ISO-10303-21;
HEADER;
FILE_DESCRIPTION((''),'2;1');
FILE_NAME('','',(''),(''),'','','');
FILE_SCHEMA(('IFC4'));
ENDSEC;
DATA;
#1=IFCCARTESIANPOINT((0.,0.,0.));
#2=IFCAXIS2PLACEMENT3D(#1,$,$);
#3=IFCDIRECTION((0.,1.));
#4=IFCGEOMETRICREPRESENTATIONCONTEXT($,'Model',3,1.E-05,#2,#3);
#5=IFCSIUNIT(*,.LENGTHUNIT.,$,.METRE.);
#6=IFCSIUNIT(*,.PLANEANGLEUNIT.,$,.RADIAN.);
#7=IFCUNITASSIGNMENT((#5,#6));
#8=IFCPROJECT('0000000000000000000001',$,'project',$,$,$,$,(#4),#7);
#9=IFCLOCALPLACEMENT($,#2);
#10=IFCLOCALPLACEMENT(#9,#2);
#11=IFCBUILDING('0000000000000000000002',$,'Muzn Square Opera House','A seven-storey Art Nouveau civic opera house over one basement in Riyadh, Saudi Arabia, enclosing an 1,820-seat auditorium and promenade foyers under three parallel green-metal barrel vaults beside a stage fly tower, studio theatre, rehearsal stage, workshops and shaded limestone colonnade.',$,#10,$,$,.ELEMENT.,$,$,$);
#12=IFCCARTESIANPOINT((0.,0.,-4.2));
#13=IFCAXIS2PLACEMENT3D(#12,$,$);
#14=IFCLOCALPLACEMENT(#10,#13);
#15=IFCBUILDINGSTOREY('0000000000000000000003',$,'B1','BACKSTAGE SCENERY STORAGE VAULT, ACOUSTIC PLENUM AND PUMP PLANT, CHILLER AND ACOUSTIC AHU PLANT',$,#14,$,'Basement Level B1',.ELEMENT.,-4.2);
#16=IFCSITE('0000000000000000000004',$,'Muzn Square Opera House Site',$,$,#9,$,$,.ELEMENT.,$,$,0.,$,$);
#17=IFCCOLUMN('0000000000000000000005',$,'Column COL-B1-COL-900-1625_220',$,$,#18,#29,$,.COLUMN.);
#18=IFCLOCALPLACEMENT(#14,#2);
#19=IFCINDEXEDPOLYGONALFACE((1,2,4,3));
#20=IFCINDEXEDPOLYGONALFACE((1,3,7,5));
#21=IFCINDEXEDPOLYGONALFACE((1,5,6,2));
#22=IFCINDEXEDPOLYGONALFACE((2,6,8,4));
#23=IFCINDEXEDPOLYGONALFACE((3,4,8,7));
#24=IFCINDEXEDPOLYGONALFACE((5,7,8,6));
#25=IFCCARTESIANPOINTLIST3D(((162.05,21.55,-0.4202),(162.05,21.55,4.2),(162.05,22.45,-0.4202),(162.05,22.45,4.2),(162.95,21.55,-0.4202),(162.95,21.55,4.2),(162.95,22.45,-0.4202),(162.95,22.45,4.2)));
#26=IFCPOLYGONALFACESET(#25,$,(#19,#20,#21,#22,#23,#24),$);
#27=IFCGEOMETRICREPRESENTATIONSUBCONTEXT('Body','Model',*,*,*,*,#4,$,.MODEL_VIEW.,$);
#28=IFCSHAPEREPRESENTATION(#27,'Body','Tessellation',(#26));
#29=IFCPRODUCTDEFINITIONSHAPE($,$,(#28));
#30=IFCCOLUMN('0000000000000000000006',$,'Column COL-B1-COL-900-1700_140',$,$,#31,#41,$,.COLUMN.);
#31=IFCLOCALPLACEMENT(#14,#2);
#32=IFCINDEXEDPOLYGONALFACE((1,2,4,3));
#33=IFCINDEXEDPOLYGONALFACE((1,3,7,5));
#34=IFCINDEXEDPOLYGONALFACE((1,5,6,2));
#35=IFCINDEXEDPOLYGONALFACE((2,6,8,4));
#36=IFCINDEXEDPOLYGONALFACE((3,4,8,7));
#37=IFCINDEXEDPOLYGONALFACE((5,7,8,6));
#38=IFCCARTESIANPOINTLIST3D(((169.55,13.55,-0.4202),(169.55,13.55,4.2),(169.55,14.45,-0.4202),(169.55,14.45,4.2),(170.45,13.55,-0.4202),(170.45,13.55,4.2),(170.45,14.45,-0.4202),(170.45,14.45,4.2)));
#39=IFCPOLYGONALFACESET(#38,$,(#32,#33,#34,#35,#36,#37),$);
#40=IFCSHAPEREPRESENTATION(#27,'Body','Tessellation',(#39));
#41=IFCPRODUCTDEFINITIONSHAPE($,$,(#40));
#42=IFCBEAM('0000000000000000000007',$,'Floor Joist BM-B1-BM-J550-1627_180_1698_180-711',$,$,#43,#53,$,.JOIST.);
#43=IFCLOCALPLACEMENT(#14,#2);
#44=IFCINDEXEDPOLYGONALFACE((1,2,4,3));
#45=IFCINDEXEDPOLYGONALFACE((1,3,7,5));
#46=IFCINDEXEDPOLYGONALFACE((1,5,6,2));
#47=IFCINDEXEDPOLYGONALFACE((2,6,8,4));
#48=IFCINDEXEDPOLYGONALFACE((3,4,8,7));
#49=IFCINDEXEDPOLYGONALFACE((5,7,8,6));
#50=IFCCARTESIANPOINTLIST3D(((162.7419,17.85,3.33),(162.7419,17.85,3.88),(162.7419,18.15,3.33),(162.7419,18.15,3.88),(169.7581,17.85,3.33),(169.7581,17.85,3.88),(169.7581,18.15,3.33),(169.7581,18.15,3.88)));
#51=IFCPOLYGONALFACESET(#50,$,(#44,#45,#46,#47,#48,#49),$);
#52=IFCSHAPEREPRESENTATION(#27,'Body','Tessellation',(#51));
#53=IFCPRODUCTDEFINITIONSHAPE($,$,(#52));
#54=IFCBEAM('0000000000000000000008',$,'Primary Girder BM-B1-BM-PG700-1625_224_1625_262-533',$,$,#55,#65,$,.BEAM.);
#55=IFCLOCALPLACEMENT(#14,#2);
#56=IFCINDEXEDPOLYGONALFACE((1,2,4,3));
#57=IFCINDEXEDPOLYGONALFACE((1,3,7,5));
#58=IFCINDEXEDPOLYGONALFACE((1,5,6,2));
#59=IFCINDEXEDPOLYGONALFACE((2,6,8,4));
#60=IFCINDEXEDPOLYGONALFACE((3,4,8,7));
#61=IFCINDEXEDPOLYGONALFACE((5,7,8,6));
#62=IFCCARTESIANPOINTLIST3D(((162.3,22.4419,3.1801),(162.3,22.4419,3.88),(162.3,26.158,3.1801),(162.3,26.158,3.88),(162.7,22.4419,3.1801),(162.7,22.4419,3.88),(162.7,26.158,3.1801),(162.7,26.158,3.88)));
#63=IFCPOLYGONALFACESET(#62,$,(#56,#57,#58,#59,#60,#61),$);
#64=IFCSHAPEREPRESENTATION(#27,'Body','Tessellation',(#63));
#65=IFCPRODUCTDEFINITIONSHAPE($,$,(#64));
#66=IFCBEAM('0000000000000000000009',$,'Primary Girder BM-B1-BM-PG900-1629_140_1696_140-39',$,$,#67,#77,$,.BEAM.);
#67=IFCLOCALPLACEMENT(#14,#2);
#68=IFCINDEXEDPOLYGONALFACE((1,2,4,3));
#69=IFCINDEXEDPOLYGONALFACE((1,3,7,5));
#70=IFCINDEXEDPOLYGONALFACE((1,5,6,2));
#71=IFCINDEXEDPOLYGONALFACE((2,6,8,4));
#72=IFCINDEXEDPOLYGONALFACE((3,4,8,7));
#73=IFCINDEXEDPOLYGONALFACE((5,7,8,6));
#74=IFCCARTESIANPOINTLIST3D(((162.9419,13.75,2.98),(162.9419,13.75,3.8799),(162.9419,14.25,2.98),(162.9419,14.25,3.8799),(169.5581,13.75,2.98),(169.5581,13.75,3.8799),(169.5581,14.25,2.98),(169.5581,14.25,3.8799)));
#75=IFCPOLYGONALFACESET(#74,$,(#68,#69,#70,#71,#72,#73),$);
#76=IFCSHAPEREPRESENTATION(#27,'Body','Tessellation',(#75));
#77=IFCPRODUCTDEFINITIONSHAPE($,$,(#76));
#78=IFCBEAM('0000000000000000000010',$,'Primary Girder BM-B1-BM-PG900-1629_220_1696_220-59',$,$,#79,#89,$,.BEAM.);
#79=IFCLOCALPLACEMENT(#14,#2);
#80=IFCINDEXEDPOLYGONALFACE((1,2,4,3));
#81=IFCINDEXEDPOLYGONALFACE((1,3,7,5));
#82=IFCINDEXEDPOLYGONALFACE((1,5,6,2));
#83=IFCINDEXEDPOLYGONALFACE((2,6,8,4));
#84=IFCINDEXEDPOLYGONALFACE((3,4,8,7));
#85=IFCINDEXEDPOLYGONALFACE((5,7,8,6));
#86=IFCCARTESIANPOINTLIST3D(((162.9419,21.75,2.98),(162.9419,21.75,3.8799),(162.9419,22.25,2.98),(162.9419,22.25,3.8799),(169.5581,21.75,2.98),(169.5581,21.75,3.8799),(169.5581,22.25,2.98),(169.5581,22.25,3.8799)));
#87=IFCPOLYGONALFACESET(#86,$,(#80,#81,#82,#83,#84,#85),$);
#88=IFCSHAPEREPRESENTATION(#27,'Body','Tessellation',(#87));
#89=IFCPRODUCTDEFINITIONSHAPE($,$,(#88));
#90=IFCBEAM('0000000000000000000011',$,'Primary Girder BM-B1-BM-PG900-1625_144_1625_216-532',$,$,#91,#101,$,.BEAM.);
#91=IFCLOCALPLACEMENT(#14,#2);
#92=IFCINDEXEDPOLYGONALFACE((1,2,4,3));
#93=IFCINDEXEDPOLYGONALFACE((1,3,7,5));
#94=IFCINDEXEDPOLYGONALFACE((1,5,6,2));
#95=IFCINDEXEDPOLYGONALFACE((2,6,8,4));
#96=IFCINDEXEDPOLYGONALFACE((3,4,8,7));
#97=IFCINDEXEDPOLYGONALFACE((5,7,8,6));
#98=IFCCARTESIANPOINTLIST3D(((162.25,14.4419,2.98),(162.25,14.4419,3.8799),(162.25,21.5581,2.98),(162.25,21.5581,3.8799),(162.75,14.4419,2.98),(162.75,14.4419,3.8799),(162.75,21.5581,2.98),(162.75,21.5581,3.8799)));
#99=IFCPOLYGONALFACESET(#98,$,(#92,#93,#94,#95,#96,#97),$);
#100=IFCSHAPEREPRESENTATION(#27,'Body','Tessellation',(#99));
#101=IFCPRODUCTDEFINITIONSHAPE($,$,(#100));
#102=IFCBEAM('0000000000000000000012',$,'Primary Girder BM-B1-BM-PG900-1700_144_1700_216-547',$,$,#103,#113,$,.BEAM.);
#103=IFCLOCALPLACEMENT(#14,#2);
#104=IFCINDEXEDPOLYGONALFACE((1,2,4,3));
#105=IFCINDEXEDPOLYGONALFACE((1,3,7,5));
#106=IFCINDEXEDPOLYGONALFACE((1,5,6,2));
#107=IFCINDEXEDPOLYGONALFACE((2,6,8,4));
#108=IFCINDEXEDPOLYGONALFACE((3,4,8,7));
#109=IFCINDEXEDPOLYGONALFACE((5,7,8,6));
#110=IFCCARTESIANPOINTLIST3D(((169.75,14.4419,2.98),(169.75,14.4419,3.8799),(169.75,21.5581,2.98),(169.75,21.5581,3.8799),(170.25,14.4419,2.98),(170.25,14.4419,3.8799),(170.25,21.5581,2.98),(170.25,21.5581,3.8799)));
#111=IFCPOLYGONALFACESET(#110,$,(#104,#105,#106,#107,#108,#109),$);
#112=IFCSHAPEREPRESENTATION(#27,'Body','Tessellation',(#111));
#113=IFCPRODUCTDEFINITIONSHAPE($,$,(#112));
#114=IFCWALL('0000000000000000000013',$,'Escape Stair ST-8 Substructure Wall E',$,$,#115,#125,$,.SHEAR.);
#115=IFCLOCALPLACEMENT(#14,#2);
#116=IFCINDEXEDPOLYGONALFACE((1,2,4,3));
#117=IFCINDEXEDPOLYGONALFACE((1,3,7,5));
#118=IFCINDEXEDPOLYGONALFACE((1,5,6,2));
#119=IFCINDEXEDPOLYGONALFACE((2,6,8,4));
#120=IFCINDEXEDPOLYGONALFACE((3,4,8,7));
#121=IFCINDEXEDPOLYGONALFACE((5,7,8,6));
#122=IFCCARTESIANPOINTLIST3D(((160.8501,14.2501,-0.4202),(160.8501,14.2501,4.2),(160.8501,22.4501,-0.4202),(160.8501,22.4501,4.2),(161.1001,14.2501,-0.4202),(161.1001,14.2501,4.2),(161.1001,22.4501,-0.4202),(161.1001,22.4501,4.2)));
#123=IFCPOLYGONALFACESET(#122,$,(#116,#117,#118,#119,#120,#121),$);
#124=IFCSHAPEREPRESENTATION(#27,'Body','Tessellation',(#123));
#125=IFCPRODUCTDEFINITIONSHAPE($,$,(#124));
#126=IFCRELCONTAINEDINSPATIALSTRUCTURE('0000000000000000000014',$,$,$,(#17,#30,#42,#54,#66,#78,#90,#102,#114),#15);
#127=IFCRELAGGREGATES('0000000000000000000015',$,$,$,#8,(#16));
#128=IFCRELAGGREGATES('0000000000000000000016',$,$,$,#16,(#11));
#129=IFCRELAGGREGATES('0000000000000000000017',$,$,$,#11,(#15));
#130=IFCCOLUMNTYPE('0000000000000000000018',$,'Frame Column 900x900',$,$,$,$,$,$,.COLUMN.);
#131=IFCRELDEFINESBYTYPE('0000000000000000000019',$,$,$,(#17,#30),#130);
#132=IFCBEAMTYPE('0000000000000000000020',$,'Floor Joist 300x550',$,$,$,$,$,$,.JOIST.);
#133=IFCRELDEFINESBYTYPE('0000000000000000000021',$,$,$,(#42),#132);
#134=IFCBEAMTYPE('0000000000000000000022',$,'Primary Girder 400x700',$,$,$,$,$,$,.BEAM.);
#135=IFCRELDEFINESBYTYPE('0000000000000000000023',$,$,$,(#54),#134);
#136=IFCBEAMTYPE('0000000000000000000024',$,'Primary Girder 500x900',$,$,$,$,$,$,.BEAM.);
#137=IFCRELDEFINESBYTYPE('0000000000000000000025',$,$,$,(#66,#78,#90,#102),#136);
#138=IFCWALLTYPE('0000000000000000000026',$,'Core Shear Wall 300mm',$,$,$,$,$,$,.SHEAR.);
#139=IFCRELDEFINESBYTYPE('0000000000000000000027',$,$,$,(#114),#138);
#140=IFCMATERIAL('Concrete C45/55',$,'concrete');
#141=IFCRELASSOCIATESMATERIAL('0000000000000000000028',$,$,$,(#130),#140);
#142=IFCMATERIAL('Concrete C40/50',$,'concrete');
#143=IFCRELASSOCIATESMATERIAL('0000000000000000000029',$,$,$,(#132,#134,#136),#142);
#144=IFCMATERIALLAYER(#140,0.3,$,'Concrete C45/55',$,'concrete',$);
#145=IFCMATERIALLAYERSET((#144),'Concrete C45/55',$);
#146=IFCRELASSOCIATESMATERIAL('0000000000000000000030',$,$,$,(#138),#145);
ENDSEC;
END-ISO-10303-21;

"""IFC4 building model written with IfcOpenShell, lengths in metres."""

from ifc_helpers import new_model, si_unit, direction, frame, frame_2d, origin, origin_2d, place, context, subcontext, project, spatial, rectangle, extrude, material, layer, layer_set, material_profile, profile_set, type_object, element, save


model = new_model("IFC4")

# Units and contexts
model_context = context("Model", 3, precision=1e-05, world=origin(), true_north=direction((0.0, 1.0)))
body_context = subcontext(model_context, "Body", "Model", "MODEL_VIEW")
ifc_project = project(units=[si_unit("LENGTHUNIT", "METRE"), si_unit("PLANEANGLEUNIT", "RADIAN")], contexts=[model_context])

# Site, building, storey
site_placement = place(None, origin())
site = spatial("IfcSite", under=ifc_project, at=site_placement, Name="Muzn Square Opera House Site", CompositionType="ELEMENT", RefElevation=0.0)
building_placement = place(site_placement, origin())
building = spatial("IfcBuilding", under=site, at=building_placement, Name="Muzn Square Opera House", Description="A seven-storey Art Nouveau civic opera house over one basement in Riyadh, Saudi Arabia, enclosing an 1,820-seat auditorium and promenade foyers under three parallel green-metal barrel vaults beside a stage fly tower, studio theatre, rehearsal stage, workshops and shaded limestone colonnade.", CompositionType="ELEMENT")
storey_placement = place(building_placement, frame((0.0, 0.0, -4.2)))
storey = spatial("IfcBuildingStorey", under=building, at=storey_placement, Name="B1", Description="BACKSTAGE SCENERY STORAGE VAULT, ACOUSTIC PLENUM AND PUMP PLANT, CHILLER AND ACOUSTIC AHU PLANT", LongName="Basement Level B1", CompositionType="ELEMENT", Elevation=-4.2)

# Shared definitions
ifc_material_1 = material(Name="Concrete C40/50", Category="concrete")

# Columns
ifc_material_2 = material(Name="Concrete C45/55", Category="concrete")
ifc_material_profile_1 = material_profile(ifc_material_2, rectangle(XDim=0.8999, YDim=0.8999, at=origin_2d()), Name="RC 900x900", Category="concrete")
ifc_profile_set_1 = profile_set([ifc_material_profile_1], Name="Concrete C45/55")
column_type = type_object("IfcColumnType", Name="Frame Column 900x900", PredefinedType="COLUMN", material=ifc_profile_set_1)
for number, where, z_axis, x_axis, name in (
    (1, (162.5, 22.0, -0.4202), (0.0, 0.0, 1.0), (1.0, 0.0, 0.0), "Column COL-B1-COL-900-1625_220"),
    (2, (170.0, 14.0, -0.4202), (0.0, 0.0, 1.0), (1.0, 0.0, 0.0), "Column COL-B1-COL-900-1700_140"),
):
    element("IfcColumn", number, at=place(storey_placement, frame(where, z_axis=z_axis, x_axis=x_axis)), inside=storey, type_object=column_type, Name=name, PredefinedType="COLUMN", context=body_context, shape_type="SweptSolid", body=[
        extrude(rectangle(XDim=0.8999, YDim=0.8999, at=origin_2d()), origin(), (0.0, 0.0, 1.0), 4.6201),
    ])

# Beams
ifc_material_profile_2 = material_profile(ifc_material_1, rectangle(XDim=0.3, YDim=0.55, at=origin_2d()), Name="RCJ 300x550", Category="concrete")
ifc_profile_set_2 = profile_set([ifc_material_profile_2], Name="Concrete C40/50")
beam_type_1 = type_object("IfcBeamType", Name="Floor Joist 300x550", PredefinedType="JOIST", material=ifc_profile_set_2)
beam_1_placement = place(storey_placement, frame((162.7419, 18.0, 3.605), z_axis=(1.0, 0.0, 0.0), x_axis=(0.0, 1.0, 0.0)))
element("IfcBeam", 3, at=beam_1_placement, inside=storey, type_object=beam_type_1, Name="Floor Joist BM-B1-BM-J550-1627_180_1698_180-711", PredefinedType="JOIST", context=body_context, shape_type="SweptSolid", body=[
    extrude(rectangle(XDim=0.3, YDim=0.55, at=origin_2d()), origin(), (0.0, 0.0, 1.0), 7.0161),
])
ifc_material_profile_3 = material_profile(ifc_material_1, rectangle(XDim=0.3999, YDim=0.7, at=origin_2d()), Name="RCB 400x700", Category="concrete")
ifc_profile_set_3 = profile_set([ifc_material_profile_3], Name="Concrete C40/50")
beam_type_2 = type_object("IfcBeamType", Name="Primary Girder 400x700", PredefinedType="BEAM", material=ifc_profile_set_3)
beam_2_placement = place(storey_placement, frame((162.5, 22.4419, 3.53), z_axis=(0.0, 1.0, 0.0), x_axis=(-1.0, 0.0, 0.0)))
element("IfcBeam", 4, at=beam_2_placement, inside=storey, type_object=beam_type_2, Name="Primary Girder BM-B1-BM-PG700-1625_224_1625_262-533", PredefinedType="BEAM", context=body_context, shape_type="SweptSolid", body=[
    extrude(rectangle(XDim=0.3999, YDim=0.7, at=origin_2d()), origin(), (0.0, 0.0, 1.0), 3.7161),
])
ifc_material_profile_4 = material_profile(ifc_material_1, rectangle(XDim=0.5, YDim=0.8999, at=origin_2d()), Name="RCB 500x900", Category="concrete")
ifc_profile_set_4 = profile_set([ifc_material_profile_4], Name="Concrete C40/50")
beam_type_3 = type_object("IfcBeamType", Name="Primary Girder 500x900", PredefinedType="BEAM", material=ifc_profile_set_4)
for number, where, z_axis, x_axis, name in (
    (5, (162.9419, 14.0, 3.4299), (1.0, 0.0, 0.0), (0.0, 1.0, 0.0), "Primary Girder BM-B1-BM-PG900-1629_140_1696_140-39"),
    (6, (162.9419, 22.0, 3.4299), (1.0, 0.0, 0.0), (0.0, 1.0, 0.0), "Primary Girder BM-B1-BM-PG900-1629_220_1696_220-59"),
):
    element("IfcBeam", number, at=place(storey_placement, frame(where, z_axis=z_axis, x_axis=x_axis)), inside=storey, type_object=beam_type_3, Name=name, PredefinedType="BEAM", context=body_context, shape_type="SweptSolid", body=[
        extrude(rectangle(XDim=0.5, YDim=0.8999, at=origin_2d()), origin(), (0.0, 0.0, 1.0), 6.6162),
    ])
for number, where, z_axis, x_axis, name in (
    (7, (162.5, 14.4419, 3.4299), (0.0, 1.0, 0.0), (-1.0, 0.0, 0.0), "Primary Girder BM-B1-BM-PG900-1625_144_1625_216-532"),
    (8, (170.0, 14.4419, 3.4299), (0.0, 1.0, 0.0), (-1.0, 0.0, 0.0), "Primary Girder BM-B1-BM-PG900-1700_144_1700_216-547"),
):
    element("IfcBeam", number, at=place(storey_placement, frame(where, z_axis=z_axis, x_axis=x_axis)), inside=storey, type_object=beam_type_3, Name=name, PredefinedType="BEAM", context=body_context, shape_type="SweptSolid", body=[
        extrude(rectangle(XDim=0.5, YDim=0.8999, at=origin_2d()), origin(), (0.0, 0.0, 1.0), 7.1162),
    ])

# Wall
ifc_layer = layer(ifc_material_2, 0.3, Name="Concrete C45/55", Category="concrete")
ifc_layer_set = layer_set([ifc_layer], Name="Concrete C45/55")
wall_type = type_object("IfcWallType", Name="Core Shear Wall 300mm", PredefinedType="SHEAR", material=ifc_layer_set)
wall_placement = place(storey_placement, frame((160.9751, 14.25, -0.4202), z_axis=(0.0, 0.0, 1.0), x_axis=(0.0, 1.0, 0.0)))
element("IfcWall", 9, at=wall_placement, inside=storey, type_object=wall_type, Name="Escape Stair ST-8 Substructure Wall E", PredefinedType="SHEAR", context=body_context, shape_type="SweptSolid", body=[
    extrude(rectangle(XDim=8.2, YDim=0.25, at=frame_2d((4.1001, 0.0))), origin(), (0.0, 0.0, 1.0), 4.6201),
])

save(model, "model.ifc")
